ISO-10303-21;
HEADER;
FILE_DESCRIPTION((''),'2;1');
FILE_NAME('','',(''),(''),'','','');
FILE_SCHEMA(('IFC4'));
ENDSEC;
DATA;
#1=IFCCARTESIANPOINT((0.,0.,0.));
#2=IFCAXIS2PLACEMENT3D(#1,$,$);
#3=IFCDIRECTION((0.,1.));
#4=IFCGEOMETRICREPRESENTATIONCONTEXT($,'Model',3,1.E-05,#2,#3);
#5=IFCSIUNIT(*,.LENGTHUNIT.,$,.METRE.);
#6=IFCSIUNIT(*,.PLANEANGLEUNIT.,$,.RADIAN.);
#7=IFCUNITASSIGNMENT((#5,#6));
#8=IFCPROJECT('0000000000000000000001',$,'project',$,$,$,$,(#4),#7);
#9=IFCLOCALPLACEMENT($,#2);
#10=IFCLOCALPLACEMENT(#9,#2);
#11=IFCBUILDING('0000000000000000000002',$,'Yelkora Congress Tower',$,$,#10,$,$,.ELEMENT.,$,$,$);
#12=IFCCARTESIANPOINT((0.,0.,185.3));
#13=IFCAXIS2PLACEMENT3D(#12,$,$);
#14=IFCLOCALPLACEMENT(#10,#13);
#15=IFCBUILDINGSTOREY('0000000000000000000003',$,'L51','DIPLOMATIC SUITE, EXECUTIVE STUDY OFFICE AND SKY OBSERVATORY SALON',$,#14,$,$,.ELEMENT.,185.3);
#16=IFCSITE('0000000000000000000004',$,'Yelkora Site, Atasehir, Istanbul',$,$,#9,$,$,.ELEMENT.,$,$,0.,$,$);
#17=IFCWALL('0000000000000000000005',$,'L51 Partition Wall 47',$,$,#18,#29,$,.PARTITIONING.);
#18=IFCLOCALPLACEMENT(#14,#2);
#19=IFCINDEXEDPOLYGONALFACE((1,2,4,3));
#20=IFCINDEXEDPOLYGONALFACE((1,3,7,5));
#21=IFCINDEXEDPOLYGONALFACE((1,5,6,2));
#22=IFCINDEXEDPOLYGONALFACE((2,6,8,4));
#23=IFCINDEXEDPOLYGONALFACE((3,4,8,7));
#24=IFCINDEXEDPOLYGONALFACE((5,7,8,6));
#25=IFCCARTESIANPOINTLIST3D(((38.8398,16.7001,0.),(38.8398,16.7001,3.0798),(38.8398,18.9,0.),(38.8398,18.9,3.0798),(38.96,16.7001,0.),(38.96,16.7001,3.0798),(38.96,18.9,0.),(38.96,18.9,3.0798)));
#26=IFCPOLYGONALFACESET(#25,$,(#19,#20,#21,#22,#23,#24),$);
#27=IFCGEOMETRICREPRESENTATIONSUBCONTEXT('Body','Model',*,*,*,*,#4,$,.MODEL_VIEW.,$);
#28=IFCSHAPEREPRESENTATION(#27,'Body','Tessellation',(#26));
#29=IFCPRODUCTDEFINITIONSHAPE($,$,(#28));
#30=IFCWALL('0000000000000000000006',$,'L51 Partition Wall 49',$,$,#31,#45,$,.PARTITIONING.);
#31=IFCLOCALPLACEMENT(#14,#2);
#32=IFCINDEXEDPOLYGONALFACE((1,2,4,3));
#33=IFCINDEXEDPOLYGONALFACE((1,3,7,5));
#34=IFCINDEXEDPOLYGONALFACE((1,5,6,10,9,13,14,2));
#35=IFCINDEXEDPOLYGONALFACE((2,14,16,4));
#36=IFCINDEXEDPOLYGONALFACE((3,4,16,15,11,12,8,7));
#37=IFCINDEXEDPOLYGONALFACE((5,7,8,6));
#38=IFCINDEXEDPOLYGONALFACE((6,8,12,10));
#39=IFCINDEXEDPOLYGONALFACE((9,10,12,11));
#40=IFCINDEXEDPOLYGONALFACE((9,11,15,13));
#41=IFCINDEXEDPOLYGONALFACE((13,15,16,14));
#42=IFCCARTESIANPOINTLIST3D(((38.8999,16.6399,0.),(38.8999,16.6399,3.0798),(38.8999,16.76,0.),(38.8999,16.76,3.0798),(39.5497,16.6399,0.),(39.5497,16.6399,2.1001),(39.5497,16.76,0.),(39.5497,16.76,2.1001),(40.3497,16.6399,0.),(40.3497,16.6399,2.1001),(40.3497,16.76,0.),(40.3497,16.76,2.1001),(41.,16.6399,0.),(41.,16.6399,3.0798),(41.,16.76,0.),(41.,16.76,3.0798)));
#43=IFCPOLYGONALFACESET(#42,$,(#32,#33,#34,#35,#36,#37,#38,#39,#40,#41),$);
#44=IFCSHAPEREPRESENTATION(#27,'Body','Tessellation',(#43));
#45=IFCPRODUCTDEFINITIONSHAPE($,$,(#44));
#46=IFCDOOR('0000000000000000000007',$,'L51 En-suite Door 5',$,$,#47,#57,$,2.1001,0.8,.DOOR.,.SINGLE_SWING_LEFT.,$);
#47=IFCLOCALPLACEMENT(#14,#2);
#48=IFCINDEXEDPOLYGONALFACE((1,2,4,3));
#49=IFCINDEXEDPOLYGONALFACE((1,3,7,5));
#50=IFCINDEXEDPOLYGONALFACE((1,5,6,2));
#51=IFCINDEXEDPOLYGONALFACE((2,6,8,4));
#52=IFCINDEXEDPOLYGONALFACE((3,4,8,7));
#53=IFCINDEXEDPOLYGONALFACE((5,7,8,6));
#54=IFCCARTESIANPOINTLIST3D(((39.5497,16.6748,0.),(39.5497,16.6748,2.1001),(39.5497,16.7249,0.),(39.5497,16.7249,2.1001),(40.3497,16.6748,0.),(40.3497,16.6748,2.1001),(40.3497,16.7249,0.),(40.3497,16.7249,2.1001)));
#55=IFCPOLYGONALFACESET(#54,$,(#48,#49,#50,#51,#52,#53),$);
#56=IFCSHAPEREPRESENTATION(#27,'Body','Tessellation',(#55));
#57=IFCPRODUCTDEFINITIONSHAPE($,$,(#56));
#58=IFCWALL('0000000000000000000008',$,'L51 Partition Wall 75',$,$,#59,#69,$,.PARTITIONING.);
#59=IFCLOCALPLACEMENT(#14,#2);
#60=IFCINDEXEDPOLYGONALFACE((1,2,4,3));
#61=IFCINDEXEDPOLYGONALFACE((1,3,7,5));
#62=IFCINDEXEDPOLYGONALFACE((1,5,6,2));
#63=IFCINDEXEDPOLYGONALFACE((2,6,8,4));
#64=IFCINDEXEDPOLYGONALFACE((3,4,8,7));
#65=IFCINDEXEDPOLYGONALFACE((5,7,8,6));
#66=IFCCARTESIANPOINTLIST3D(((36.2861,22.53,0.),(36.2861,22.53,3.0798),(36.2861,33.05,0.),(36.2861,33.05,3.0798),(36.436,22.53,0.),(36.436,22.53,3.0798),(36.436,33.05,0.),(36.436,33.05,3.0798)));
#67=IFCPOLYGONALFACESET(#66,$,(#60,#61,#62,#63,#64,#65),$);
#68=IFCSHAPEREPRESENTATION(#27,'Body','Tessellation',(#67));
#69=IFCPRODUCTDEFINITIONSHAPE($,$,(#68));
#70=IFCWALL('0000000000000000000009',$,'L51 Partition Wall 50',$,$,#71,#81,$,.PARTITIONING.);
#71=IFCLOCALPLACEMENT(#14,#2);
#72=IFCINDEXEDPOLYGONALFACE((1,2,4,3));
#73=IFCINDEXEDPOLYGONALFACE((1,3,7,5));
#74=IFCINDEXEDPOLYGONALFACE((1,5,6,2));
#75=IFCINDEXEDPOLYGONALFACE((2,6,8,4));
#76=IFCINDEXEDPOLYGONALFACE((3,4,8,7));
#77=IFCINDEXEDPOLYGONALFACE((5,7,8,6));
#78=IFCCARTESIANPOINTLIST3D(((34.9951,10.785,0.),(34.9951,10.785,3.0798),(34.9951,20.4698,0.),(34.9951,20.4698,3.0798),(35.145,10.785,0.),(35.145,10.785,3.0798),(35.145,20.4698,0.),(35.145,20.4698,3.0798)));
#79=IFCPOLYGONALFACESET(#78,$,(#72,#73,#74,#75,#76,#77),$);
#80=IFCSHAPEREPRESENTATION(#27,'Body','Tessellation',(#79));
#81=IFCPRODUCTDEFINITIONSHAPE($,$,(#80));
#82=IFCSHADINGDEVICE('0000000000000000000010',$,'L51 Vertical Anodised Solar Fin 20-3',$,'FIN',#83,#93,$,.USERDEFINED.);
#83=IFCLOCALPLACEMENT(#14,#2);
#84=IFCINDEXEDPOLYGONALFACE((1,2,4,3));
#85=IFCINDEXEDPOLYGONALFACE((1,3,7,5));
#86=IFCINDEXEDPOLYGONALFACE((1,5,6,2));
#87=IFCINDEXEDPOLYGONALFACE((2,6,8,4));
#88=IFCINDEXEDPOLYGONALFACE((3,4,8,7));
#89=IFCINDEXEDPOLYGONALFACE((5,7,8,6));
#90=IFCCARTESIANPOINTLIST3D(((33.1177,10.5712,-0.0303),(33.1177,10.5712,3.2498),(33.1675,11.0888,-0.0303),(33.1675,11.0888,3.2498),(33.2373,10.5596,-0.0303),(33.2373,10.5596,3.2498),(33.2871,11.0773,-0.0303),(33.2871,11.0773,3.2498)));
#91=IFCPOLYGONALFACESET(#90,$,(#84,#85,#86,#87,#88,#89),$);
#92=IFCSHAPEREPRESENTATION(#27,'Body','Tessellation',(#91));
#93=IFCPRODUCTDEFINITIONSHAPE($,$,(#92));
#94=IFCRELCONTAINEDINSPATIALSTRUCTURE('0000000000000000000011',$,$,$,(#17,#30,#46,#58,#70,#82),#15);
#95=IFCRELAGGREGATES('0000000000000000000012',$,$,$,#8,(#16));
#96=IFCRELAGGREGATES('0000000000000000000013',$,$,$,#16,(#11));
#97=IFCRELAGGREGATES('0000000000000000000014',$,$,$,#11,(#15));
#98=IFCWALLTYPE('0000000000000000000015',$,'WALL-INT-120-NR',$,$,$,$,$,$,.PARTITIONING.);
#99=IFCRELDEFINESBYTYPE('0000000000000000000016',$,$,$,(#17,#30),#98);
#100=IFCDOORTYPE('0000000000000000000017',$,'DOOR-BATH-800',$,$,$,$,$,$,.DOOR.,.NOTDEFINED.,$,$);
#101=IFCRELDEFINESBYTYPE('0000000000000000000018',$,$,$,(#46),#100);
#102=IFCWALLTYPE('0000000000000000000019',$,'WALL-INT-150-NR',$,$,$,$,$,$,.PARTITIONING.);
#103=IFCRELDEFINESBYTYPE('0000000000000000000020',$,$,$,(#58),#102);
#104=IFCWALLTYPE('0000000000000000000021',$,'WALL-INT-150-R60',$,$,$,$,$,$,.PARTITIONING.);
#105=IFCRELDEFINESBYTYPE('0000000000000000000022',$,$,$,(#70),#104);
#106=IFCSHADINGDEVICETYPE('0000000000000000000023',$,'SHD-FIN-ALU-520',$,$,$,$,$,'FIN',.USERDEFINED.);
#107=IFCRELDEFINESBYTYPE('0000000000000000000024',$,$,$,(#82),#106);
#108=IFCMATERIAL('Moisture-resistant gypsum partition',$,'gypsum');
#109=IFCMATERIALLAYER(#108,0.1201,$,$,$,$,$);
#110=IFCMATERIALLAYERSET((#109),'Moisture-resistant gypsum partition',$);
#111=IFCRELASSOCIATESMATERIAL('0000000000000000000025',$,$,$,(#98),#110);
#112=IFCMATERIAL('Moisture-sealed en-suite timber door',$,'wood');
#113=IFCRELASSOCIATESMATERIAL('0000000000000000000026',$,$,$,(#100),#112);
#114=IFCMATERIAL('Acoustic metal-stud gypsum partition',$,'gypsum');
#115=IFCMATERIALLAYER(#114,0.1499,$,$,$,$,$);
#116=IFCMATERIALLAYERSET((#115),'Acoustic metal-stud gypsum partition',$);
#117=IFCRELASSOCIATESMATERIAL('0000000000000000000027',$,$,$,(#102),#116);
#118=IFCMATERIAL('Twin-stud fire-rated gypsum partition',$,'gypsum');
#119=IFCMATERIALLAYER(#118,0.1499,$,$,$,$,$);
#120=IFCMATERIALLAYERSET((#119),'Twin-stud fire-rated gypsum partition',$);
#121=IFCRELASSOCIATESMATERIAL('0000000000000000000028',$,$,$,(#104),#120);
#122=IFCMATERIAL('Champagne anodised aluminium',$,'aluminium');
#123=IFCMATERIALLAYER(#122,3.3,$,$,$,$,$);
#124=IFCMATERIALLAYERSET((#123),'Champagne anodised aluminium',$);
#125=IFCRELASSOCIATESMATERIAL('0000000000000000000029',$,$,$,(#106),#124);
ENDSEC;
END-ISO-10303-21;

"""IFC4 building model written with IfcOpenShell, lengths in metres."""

from ifc_helpers import new_model, si_unit, direction, frame, frame_2d, origin, origin_2d, place, context, subcontext, project, spatial, rectangle, extrude, material, layer, layer_set, type_object, element, fill, save


model = new_model("IFC4")

# Units and contexts
model_context = context("Model", 3, precision=1e-05, world=origin(), true_north=direction((0.0, 1.0)))
body_context = subcontext(model_context, "Body", "Model", "MODEL_VIEW")
ifc_project = project(units=[si_unit("LENGTHUNIT", "METRE"), si_unit("PLANEANGLEUNIT", "RADIAN")], contexts=[model_context])

# Site, building, storey
site_placement = place(None, origin())
site = spatial("IfcSite", under=ifc_project, at=site_placement, Name="Yelkora Site, Atasehir, Istanbul", CompositionType="ELEMENT", RefElevation=0.0)
building_placement = place(site_placement, origin())
building = spatial("IfcBuilding", under=site, at=building_placement, Name="Yelkora Congress Tower", CompositionType="ELEMENT")
storey_placement = place(building_placement, frame((0.0, 0.0, 185.3)))
storey = spatial("IfcBuildingStorey", under=building, at=storey_placement, Name="L51", Description="DIPLOMATIC SUITE, EXECUTIVE STUDY OFFICE AND SKY OBSERVATORY SALON", CompositionType="ELEMENT", Elevation=185.3)

# Wall
ifc_material_1 = material(Name="Moisture-resistant gypsum partition", Category="gypsum")
ifc_layer_1 = layer(ifc_material_1, 0.1201)
ifc_layer_set_1 = layer_set([ifc_layer_1], Name="Moisture-resistant gypsum partition")
wall_type_1 = type_object("IfcWallType", Name="WALL-INT-120-NR", PredefinedType="PARTITIONING", material=ifc_layer_set_1)
wall_1_placement = place(storey_placement, frame((38.8999, 16.7, 0.0), z_axis=(0.0, 0.0, 1.0), x_axis=(0.0, 1.0, 0.0)))
element("IfcWall", 1, at=wall_1_placement, inside=storey, type_object=wall_type_1, Name="L51 Partition Wall 47", PredefinedType="PARTITIONING", context=body_context, shape_type="SweptSolid", body=[
    extrude(rectangle(XDim=2.2, YDim=0.1201, at=frame_2d((1.1001, 0.0))), origin(), (0.0, 0.0, 1.0), 3.0798),
])

# Wall, opening, door
wall_2_placement = place(storey_placement, frame((38.8999, 16.7, 0.0), z_axis=(0.0, 0.0, 1.0), x_axis=(1.0, 0.0, 0.0)))
wall_2 = element("IfcWall", 2, at=wall_2_placement, inside=storey, type_object=wall_type_1, Name="L51 Partition Wall 49", PredefinedType="PARTITIONING", context=body_context, shape_type="SweptSolid", body=[
    extrude(rectangle(XDim=2.1001, YDim=0.1201, at=frame_2d((1.05, 0.0))), origin(), (0.0, 0.0, 1.0), 3.0798),
])
opening_placement = place(wall_2_placement, frame((0.6499, 0.0, 0.0)))
opening = element("IfcOpeningElement", 3, at=opening_placement, cuts=wall_2, PredefinedType="OPENING", context=body_context, shape_type="SweptSolid", body=[
    extrude(rectangle(XDim=0.8, YDim=2.1001, at=frame_2d((0.3999, 1.05))), frame((0.0, 0.0701, 0.0), z_axis=(0.0, -1.0, 0.0), x_axis=(1.0, 0.0, 0.0)), (0.0, 0.0, 1.0), 0.1401),
])
ifc_material_2 = material(Name="Moisture-sealed en-suite timber door", Category="wood")
door_type = type_object("IfcDoorType", Name="DOOR-BATH-800", OperationType="NOTDEFINED", PredefinedType="DOOR", material=ifc_material_2)
door_placement = place(opening_placement, origin())
door = element("IfcDoor", 4, at=door_placement, inside=storey, type_object=door_type, Name="L51 En-suite Door 5", OperationType="SINGLE_SWING_LEFT", OverallHeight=2.1001, OverallWidth=0.8, PredefinedType="DOOR", context=body_context, shape_type="SweptSolid", body=[
    extrude(rectangle(XDim=0.8, YDim=2.1001, at=frame_2d((0.3999, 1.05))), frame((0.0, 0.0249, 0.0), z_axis=(0.0, -1.0, 0.0), x_axis=(1.0, 0.0, 0.0)), (0.0, 0.0, 1.0), 0.05),
])
fill(opening, door)

# Walls
ifc_material_3 = material(Name="Acoustic metal-stud gypsum partition", Category="gypsum")
ifc_layer_2 = layer(ifc_material_3, 0.1499)
ifc_layer_set_2 = layer_set([ifc_layer_2], Name="Acoustic metal-stud gypsum partition")
wall_type_2 = type_object("IfcWallType", Name="WALL-INT-150-NR", PredefinedType="PARTITIONING", material=ifc_layer_set_2)
wall_3_placement = place(storey_placement, frame((36.3611, 22.53, 0.0), z_axis=(0.0, 0.0, 1.0), x_axis=(0.0, 1.0, 0.0)))
element("IfcWall", 5, at=wall_3_placement, inside=storey, type_object=wall_type_2, Name="L51 Partition Wall 75", PredefinedType="PARTITIONING", context=body_context, shape_type="SweptSolid", body=[
    extrude(rectangle(XDim=10.52, YDim=0.1499, at=frame_2d((5.26, 0.0))), origin(), (0.0, 0.0, 1.0), 3.0798),
])
ifc_material_4 = material(Name="Twin-stud fire-rated gypsum partition", Category="gypsum")
ifc_layer_3 = layer(ifc_material_4, 0.1499)
ifc_layer_set_3 = layer_set([ifc_layer_3], Name="Twin-stud fire-rated gypsum partition")
wall_type_3 = type_object("IfcWallType", Name="WALL-INT-150-R60", PredefinedType="PARTITIONING", material=ifc_layer_set_3)
wall_4_placement = place(storey_placement, frame((35.0701, 10.7852, 0.0), z_axis=(0.0, 0.0, 1.0), x_axis=(0.0, 1.0, 0.0)))
element("IfcWall", 6, at=wall_4_placement, inside=storey, type_object=wall_type_3, Name="L51 Partition Wall 50", PredefinedType="PARTITIONING", context=body_context, shape_type="SweptSolid", body=[
    extrude(rectangle(XDim=9.6848, YDim=0.1499, at=frame_2d((4.8423, 0.0))), origin(), (0.0, 0.0, 1.0), 3.0798),
])

# Shading device
ifc_material_5 = material(Name="Champagne anodised aluminium", Category="aluminium")
ifc_layer_4 = layer(ifc_material_5, 3.3)
ifc_layer_set_4 = layer_set([ifc_layer_4], Name="Champagne anodised aluminium")
shading_device_type = type_object("IfcShadingDeviceType", Name="SHD-FIN-ALU-520", ElementType="FIN", PredefinedType="USERDEFINED", material=ifc_layer_set_4)
shading_device_placement = place(storey_placement, frame((33.2024, 10.8242, -0.0303), z_axis=(0.0, 0.0, 1.0), x_axis=(-0.995396, 0.095846, 0.0)))
element("IfcShadingDevice", 7, at=shading_device_placement, inside=storey, type_object=shading_device_type, Name="L51 Vertical Anodised Solar Fin 20-3", ObjectType="FIN", PredefinedType="USERDEFINED", context=body_context, shape_type="SweptSolid", body=[
    extrude(rectangle(XDim=0.1201, YDim=0.52, at=origin_2d()), origin(), (0.0, 0.0, 1.0), 3.28),
])

save(model, "model.ifc")
